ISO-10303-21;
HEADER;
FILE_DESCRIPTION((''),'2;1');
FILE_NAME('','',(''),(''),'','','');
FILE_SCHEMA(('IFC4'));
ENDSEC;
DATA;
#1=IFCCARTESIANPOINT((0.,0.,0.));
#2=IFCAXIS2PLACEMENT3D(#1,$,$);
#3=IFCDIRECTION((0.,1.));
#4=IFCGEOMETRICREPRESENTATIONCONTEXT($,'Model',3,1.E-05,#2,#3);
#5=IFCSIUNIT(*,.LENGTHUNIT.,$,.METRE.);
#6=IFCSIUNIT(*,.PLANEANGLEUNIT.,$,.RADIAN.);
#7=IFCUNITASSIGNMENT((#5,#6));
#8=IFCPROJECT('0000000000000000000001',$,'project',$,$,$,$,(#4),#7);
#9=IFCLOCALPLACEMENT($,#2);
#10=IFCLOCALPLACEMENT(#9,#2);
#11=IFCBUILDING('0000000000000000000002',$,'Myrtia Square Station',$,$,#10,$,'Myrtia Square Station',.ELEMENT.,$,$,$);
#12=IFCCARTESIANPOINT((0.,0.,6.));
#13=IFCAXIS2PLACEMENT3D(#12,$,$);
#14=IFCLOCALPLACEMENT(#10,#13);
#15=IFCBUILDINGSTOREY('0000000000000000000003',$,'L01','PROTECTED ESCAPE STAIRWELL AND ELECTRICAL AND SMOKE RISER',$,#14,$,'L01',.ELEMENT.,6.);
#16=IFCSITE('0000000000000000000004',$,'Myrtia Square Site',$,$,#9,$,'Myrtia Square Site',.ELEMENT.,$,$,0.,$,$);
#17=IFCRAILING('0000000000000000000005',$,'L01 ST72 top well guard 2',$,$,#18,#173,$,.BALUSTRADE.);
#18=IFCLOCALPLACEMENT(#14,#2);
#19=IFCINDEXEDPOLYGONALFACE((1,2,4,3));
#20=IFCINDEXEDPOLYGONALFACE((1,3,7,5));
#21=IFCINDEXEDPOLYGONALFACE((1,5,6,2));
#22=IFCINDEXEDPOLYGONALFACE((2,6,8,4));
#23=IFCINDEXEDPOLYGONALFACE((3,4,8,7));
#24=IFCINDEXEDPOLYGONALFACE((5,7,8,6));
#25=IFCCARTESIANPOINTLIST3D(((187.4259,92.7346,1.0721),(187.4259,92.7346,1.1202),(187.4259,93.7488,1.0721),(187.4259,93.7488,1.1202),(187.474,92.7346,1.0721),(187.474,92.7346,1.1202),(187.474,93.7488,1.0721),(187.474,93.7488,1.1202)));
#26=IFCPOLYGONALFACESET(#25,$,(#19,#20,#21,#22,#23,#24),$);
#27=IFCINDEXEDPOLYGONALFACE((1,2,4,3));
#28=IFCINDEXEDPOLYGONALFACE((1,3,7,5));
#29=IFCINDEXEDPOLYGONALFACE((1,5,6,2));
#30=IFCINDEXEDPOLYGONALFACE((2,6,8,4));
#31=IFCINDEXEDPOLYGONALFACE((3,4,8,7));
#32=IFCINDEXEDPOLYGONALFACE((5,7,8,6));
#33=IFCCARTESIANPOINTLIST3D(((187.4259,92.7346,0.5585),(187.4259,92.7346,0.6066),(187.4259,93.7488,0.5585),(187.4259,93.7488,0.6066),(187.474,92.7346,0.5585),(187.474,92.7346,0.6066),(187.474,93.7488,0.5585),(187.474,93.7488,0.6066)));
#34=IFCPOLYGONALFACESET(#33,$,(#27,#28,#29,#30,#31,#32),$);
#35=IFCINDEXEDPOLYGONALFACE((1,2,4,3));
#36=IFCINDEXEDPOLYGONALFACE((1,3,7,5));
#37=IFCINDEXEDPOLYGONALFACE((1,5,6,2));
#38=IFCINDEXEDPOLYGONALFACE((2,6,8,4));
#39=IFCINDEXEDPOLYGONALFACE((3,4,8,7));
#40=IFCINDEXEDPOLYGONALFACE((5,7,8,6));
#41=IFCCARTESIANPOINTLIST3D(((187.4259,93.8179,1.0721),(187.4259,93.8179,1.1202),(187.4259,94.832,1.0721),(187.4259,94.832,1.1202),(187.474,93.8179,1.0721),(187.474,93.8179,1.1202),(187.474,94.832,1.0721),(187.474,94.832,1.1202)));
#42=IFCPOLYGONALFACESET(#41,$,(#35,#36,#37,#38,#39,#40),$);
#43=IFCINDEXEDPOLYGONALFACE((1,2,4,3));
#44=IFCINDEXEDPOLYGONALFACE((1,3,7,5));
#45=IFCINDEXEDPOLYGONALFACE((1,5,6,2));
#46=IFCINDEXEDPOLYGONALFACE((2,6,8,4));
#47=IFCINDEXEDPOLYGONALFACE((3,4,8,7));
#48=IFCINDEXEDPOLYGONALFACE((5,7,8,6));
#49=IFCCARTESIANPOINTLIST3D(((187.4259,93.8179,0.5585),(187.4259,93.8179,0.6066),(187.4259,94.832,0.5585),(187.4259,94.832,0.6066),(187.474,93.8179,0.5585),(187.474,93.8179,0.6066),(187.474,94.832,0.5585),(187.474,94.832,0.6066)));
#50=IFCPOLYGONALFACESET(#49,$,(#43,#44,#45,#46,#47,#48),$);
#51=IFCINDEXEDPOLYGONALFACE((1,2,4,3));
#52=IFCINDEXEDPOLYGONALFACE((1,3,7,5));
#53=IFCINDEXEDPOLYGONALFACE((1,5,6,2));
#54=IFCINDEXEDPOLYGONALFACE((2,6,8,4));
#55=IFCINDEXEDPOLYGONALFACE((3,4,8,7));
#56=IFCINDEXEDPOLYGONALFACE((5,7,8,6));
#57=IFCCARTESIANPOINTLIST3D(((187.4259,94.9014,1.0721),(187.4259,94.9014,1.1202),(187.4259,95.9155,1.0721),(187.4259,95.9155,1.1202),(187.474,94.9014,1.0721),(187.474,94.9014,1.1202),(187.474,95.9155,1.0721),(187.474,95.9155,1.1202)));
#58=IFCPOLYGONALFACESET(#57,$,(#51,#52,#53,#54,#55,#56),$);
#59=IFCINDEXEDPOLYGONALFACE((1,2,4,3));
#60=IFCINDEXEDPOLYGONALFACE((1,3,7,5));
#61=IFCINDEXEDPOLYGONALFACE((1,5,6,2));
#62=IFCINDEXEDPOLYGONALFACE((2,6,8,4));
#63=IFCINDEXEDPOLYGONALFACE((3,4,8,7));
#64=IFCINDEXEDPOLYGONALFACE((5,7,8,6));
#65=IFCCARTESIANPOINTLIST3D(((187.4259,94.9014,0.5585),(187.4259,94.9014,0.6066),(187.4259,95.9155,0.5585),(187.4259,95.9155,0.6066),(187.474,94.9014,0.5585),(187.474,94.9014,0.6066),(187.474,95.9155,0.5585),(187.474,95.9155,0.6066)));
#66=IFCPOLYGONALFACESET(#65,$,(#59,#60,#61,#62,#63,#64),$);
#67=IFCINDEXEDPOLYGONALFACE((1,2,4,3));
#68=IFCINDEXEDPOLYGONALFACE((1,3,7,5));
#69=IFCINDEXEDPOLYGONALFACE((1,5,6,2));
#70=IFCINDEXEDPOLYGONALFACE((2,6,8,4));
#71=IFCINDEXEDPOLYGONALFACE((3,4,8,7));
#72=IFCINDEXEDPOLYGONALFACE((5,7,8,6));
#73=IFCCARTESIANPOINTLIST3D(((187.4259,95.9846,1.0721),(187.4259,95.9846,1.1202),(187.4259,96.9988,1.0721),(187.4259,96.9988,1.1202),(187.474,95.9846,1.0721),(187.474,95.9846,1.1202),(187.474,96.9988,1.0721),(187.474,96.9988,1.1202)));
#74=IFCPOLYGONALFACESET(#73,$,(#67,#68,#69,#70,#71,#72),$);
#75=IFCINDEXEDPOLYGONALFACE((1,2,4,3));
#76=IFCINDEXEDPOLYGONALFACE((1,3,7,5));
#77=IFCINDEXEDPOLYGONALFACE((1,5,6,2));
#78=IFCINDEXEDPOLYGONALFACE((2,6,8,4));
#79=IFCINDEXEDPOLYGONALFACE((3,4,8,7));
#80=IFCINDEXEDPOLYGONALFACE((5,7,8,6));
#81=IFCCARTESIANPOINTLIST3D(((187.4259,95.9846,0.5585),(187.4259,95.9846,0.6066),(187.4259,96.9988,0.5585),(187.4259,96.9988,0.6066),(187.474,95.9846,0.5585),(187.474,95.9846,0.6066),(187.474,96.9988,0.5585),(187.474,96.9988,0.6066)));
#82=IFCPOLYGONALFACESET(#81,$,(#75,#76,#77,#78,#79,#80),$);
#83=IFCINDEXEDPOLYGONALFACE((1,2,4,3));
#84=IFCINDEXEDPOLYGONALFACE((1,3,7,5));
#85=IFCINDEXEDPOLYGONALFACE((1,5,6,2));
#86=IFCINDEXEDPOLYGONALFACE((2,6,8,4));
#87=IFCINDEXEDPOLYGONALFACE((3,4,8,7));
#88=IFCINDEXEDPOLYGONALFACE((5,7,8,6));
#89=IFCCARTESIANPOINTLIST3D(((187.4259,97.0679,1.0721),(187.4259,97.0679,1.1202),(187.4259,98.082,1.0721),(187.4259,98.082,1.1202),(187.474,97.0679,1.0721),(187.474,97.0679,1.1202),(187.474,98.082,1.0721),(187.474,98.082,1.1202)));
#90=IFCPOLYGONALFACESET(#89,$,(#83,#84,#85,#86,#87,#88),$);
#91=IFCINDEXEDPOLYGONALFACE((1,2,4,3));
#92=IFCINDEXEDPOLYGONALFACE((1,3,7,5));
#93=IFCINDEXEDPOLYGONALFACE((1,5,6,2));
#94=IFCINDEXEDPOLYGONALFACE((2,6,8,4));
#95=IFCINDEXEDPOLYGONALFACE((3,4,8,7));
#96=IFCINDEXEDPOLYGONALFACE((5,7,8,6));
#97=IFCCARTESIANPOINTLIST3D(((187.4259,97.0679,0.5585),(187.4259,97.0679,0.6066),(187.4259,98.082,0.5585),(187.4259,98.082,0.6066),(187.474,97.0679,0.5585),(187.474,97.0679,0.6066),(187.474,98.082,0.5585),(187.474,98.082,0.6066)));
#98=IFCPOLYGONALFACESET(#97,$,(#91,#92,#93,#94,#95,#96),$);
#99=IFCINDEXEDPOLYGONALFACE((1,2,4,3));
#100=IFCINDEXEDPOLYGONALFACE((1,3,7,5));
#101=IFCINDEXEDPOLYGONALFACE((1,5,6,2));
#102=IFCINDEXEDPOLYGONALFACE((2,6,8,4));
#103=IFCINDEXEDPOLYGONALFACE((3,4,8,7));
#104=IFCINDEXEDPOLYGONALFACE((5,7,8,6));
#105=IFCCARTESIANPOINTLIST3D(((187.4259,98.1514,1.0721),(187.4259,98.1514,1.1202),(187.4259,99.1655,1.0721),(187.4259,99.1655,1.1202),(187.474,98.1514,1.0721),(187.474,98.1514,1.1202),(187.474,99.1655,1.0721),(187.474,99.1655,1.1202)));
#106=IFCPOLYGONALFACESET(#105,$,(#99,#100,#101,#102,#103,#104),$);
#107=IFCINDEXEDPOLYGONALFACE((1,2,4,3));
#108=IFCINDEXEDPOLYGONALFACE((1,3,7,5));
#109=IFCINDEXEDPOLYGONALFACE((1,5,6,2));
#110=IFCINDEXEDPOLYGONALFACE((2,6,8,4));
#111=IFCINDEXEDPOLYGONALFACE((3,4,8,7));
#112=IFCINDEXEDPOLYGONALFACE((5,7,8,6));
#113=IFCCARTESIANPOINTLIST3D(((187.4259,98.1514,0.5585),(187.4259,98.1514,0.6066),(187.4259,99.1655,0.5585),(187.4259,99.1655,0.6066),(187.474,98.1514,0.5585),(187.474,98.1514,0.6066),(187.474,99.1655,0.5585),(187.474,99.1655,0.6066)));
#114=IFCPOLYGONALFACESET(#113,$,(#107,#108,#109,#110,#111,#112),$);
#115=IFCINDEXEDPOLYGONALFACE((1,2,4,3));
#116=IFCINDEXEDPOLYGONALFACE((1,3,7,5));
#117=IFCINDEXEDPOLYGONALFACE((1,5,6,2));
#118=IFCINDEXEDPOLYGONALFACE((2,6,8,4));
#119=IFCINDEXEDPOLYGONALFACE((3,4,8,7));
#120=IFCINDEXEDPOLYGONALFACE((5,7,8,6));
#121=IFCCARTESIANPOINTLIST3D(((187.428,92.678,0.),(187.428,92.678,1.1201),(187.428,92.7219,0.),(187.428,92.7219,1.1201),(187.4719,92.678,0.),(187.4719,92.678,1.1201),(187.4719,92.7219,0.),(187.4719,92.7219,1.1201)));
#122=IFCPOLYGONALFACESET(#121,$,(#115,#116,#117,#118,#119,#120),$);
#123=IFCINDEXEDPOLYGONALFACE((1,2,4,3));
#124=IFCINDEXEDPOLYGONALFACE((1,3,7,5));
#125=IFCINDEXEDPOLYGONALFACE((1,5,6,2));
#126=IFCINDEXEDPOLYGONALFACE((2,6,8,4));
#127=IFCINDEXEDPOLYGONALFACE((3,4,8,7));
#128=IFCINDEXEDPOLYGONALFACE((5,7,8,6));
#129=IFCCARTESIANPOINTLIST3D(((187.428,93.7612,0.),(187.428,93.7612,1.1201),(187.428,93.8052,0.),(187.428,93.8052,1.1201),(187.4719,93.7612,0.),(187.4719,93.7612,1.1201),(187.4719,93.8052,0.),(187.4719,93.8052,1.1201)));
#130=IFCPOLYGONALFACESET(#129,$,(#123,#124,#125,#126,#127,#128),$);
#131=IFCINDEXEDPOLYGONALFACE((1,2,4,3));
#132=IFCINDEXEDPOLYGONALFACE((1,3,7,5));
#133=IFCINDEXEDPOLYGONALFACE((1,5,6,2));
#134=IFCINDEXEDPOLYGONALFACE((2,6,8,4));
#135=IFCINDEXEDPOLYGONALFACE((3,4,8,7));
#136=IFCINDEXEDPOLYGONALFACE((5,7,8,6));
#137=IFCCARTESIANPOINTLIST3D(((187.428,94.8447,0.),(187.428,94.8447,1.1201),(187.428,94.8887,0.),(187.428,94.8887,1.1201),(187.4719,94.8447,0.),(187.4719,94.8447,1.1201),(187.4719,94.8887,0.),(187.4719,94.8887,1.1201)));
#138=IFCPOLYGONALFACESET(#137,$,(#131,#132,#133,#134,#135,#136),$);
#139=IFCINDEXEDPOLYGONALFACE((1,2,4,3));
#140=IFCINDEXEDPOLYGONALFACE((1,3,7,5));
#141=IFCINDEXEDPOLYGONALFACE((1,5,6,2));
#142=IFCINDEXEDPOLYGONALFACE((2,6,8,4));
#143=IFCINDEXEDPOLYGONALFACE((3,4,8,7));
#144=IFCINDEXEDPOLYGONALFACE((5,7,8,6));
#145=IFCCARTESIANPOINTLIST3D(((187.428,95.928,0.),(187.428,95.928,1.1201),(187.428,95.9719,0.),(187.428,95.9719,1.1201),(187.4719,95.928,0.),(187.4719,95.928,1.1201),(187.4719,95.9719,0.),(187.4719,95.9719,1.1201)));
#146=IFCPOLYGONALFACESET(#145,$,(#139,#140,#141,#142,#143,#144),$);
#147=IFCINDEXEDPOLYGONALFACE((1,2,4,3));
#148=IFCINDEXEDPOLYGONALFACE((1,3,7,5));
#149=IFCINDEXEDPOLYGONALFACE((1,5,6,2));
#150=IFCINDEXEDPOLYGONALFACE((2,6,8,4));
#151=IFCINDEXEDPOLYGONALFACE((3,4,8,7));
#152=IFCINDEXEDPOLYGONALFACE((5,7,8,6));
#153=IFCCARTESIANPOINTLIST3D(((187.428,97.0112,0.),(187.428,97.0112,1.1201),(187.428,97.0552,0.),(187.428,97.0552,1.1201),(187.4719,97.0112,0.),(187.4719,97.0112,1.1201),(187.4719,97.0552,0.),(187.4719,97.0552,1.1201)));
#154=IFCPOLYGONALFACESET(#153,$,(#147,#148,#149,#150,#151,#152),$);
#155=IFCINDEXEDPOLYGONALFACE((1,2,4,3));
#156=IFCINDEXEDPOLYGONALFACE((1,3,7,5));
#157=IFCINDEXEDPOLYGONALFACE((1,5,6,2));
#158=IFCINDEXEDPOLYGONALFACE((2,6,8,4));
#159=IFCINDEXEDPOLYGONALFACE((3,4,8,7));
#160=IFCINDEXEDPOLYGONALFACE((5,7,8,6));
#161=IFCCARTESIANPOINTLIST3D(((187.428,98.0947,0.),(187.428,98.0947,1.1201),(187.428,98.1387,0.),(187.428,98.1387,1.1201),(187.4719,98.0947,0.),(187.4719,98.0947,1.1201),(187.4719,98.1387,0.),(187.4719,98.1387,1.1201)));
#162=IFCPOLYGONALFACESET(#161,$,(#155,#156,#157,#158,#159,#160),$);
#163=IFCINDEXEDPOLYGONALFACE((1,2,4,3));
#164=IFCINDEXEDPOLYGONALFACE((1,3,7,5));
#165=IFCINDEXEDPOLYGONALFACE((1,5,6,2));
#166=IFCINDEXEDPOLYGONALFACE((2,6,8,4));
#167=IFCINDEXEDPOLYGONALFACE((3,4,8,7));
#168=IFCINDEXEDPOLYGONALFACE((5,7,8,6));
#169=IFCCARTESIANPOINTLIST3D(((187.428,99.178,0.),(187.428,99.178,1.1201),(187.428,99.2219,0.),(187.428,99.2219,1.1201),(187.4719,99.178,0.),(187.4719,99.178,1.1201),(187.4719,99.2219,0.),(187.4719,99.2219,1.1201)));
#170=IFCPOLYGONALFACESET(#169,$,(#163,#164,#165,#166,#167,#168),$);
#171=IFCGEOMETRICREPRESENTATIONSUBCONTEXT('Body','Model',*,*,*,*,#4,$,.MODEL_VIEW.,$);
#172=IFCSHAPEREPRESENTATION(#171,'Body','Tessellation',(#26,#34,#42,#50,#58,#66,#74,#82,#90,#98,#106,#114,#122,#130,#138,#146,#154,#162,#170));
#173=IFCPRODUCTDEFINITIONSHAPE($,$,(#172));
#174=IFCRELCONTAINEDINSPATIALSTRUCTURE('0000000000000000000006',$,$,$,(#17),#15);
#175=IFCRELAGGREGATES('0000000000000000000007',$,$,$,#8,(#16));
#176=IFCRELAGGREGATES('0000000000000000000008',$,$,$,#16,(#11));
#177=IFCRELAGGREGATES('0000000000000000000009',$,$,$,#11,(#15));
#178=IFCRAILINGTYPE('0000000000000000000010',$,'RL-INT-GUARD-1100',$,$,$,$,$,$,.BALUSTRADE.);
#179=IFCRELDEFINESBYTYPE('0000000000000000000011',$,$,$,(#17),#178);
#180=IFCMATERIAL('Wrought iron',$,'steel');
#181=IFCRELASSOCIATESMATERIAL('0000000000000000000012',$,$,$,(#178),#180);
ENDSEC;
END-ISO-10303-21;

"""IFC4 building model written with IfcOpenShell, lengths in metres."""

from ifc_helpers import new_model, si_unit, direction, frame, origin, origin_2d, place, context, subcontext, project, spatial, rectangle, extrude, material, type_object, element, save


model = new_model("IFC4")

# Units and contexts
model_context = context("Model", 3, precision=1e-05, world=origin(), true_north=direction((0.0, 1.0)))
body_context = subcontext(model_context, "Body", "Model", "MODEL_VIEW")
ifc_project = project(units=[si_unit("LENGTHUNIT", "METRE"), si_unit("PLANEANGLEUNIT", "RADIAN")], contexts=[model_context])

# Site, building, storey
site_placement = place(None, origin())
site = spatial("IfcSite", under=ifc_project, at=site_placement, Name="Myrtia Square Site", LongName="Myrtia Square Site", CompositionType="ELEMENT", RefElevation=0.0)
building_placement = place(site_placement, origin())
building = spatial("IfcBuilding", under=site, at=building_placement, Name="Myrtia Square Station", LongName="Myrtia Square Station", CompositionType="ELEMENT")
storey_placement = place(building_placement, frame((0.0, 0.0, 6.0)))
storey = spatial("IfcBuildingStorey", under=building, at=storey_placement, Name="L01", Description="PROTECTED ESCAPE STAIRWELL AND ELECTRICAL AND SMOKE RISER", LongName="L01", CompositionType="ELEMENT", Elevation=6.0)

# Railing
ifc_material_1 = material(Name="Wrought iron", Category="steel")
railing_type = type_object("IfcRailingType", Name="RL-INT-GUARD-1100", PredefinedType="BALUSTRADE", material=ifc_material_1)
railing_1_placement = place(storey_placement, frame((187.45, 92.7, 0.0)))
element("IfcRailing", 1, at=railing_1_placement, inside=storey, type_object=railing_type, Name="L01 ST72 top well guard 2", PredefinedType="BALUSTRADE", context=body_context, shape_type="SweptSolid", body=[
    extrude(rectangle(XDim=0.0481, YDim=0.0481, at=origin_2d()), frame((0.0, 0.0347, 1.0962), z_axis=(0.0, 1.0, 0.0), x_axis=(-1.0, 0.0, 0.0)), (0.0, 0.0, 1.0), 1.0142),
    extrude(rectangle(XDim=0.0481, YDim=0.0481, at=origin_2d()), frame((0.0, 0.0347, 0.5825), z_axis=(0.0, 1.0, 0.0), x_axis=(-1.0, 0.0, 0.0)), (0.0, 0.0, 1.0), 1.0142),
    extrude(rectangle(XDim=0.0481, YDim=0.0481, at=origin_2d()), frame((0.0, 1.1179, 1.0962), z_axis=(0.0, 1.0, 0.0), x_axis=(-1.0, 0.0, 0.0)), (0.0, 0.0, 1.0), 1.0142),
    extrude(rectangle(XDim=0.0481, YDim=0.0481, at=origin_2d()), frame((0.0, 1.1179, 0.5825), z_axis=(0.0, 1.0, 0.0), x_axis=(-1.0, 0.0, 0.0)), (0.0, 0.0, 1.0), 1.0142),
    extrude(rectangle(XDim=0.0481, YDim=0.0481, at=origin_2d()), frame((0.0, 2.2014, 1.0962), z_axis=(0.0, 1.0, 0.0), x_axis=(-1.0, 0.0, 0.0)), (0.0, 0.0, 1.0), 1.0142),
    extrude(rectangle(XDim=0.0481, YDim=0.0481, at=origin_2d()), frame((0.0, 2.2014, 0.5825), z_axis=(0.0, 1.0, 0.0), x_axis=(-1.0, 0.0, 0.0)), (0.0, 0.0, 1.0), 1.0142),
    extrude(rectangle(XDim=0.0481, YDim=0.0481, at=origin_2d()), frame((0.0, 3.2847, 1.0962), z_axis=(0.0, 1.0, 0.0), x_axis=(-1.0, 0.0, 0.0)), (0.0, 0.0, 1.0), 1.0142),
    extrude(rectangle(XDim=0.0481, YDim=0.0481, at=origin_2d()), frame((0.0, 3.2847, 0.5825), z_axis=(0.0, 1.0, 0.0), x_axis=(-1.0, 0.0, 0.0)), (0.0, 0.0, 1.0), 1.0142),
    extrude(rectangle(XDim=0.0481, YDim=0.0481, at=origin_2d()), frame((0.0, 4.3679, 1.0962), z_axis=(0.0, 1.0, 0.0), x_axis=(-1.0, 0.0, 0.0)), (0.0, 0.0, 1.0), 1.0142),
    extrude(rectangle(XDim=0.0481, YDim=0.0481, at=origin_2d()), frame((0.0, 4.3679, 0.5825), z_axis=(0.0, 1.0, 0.0), x_axis=(-1.0, 0.0, 0.0)), (0.0, 0.0, 1.0), 1.0142),
    extrude(rectangle(XDim=0.0481, YDim=0.0481, at=origin_2d()), frame((0.0, 5.4514, 1.0962), z_axis=(0.0, 1.0, 0.0), x_axis=(-1.0, 0.0, 0.0)), (0.0, 0.0, 1.0), 1.0142),
    extrude(rectangle(XDim=0.0481, YDim=0.0481, at=origin_2d()), frame((0.0, 5.4514, 0.5825), z_axis=(0.0, 1.0, 0.0), x_axis=(-1.0, 0.0, 0.0)), (0.0, 0.0, 1.0), 1.0142),
    extrude(rectangle(XDim=0.0439, YDim=0.0439, at=origin_2d()), origin(), (0.0, 0.0, 1.0), 1.1201),
    extrude(rectangle(XDim=0.0439, YDim=0.0439, at=origin_2d()), frame((0.0, 1.0833, 0.0)), (0.0, 0.0, 1.0), 1.1201),
    extrude(rectangle(XDim=0.0439, YDim=0.0439, at=origin_2d()), frame((0.0, 2.1667, 0.0)), (0.0, 0.0, 1.0), 1.1201),
    extrude(rectangle(XDim=0.0439, YDim=0.0439, at=origin_2d()), frame((0.0, 3.25, 0.0)), (0.0, 0.0, 1.0), 1.1201),
    extrude(rectangle(XDim=0.0439, YDim=0.0439, at=origin_2d()), frame((0.0, 4.3333, 0.0)), (0.0, 0.0, 1.0), 1.1201),
    extrude(rectangle(XDim=0.0439, YDim=0.0439, at=origin_2d()), frame((0.0, 5.4167, 0.0)), (0.0, 0.0, 1.0), 1.1201),
    extrude(rectangle(XDim=0.0439, YDim=0.0439, at=origin_2d()), frame((0.0, 6.5, 0.0)), (0.0, 0.0, 1.0), 1.1201),
])

save(model, "model.ifc")
